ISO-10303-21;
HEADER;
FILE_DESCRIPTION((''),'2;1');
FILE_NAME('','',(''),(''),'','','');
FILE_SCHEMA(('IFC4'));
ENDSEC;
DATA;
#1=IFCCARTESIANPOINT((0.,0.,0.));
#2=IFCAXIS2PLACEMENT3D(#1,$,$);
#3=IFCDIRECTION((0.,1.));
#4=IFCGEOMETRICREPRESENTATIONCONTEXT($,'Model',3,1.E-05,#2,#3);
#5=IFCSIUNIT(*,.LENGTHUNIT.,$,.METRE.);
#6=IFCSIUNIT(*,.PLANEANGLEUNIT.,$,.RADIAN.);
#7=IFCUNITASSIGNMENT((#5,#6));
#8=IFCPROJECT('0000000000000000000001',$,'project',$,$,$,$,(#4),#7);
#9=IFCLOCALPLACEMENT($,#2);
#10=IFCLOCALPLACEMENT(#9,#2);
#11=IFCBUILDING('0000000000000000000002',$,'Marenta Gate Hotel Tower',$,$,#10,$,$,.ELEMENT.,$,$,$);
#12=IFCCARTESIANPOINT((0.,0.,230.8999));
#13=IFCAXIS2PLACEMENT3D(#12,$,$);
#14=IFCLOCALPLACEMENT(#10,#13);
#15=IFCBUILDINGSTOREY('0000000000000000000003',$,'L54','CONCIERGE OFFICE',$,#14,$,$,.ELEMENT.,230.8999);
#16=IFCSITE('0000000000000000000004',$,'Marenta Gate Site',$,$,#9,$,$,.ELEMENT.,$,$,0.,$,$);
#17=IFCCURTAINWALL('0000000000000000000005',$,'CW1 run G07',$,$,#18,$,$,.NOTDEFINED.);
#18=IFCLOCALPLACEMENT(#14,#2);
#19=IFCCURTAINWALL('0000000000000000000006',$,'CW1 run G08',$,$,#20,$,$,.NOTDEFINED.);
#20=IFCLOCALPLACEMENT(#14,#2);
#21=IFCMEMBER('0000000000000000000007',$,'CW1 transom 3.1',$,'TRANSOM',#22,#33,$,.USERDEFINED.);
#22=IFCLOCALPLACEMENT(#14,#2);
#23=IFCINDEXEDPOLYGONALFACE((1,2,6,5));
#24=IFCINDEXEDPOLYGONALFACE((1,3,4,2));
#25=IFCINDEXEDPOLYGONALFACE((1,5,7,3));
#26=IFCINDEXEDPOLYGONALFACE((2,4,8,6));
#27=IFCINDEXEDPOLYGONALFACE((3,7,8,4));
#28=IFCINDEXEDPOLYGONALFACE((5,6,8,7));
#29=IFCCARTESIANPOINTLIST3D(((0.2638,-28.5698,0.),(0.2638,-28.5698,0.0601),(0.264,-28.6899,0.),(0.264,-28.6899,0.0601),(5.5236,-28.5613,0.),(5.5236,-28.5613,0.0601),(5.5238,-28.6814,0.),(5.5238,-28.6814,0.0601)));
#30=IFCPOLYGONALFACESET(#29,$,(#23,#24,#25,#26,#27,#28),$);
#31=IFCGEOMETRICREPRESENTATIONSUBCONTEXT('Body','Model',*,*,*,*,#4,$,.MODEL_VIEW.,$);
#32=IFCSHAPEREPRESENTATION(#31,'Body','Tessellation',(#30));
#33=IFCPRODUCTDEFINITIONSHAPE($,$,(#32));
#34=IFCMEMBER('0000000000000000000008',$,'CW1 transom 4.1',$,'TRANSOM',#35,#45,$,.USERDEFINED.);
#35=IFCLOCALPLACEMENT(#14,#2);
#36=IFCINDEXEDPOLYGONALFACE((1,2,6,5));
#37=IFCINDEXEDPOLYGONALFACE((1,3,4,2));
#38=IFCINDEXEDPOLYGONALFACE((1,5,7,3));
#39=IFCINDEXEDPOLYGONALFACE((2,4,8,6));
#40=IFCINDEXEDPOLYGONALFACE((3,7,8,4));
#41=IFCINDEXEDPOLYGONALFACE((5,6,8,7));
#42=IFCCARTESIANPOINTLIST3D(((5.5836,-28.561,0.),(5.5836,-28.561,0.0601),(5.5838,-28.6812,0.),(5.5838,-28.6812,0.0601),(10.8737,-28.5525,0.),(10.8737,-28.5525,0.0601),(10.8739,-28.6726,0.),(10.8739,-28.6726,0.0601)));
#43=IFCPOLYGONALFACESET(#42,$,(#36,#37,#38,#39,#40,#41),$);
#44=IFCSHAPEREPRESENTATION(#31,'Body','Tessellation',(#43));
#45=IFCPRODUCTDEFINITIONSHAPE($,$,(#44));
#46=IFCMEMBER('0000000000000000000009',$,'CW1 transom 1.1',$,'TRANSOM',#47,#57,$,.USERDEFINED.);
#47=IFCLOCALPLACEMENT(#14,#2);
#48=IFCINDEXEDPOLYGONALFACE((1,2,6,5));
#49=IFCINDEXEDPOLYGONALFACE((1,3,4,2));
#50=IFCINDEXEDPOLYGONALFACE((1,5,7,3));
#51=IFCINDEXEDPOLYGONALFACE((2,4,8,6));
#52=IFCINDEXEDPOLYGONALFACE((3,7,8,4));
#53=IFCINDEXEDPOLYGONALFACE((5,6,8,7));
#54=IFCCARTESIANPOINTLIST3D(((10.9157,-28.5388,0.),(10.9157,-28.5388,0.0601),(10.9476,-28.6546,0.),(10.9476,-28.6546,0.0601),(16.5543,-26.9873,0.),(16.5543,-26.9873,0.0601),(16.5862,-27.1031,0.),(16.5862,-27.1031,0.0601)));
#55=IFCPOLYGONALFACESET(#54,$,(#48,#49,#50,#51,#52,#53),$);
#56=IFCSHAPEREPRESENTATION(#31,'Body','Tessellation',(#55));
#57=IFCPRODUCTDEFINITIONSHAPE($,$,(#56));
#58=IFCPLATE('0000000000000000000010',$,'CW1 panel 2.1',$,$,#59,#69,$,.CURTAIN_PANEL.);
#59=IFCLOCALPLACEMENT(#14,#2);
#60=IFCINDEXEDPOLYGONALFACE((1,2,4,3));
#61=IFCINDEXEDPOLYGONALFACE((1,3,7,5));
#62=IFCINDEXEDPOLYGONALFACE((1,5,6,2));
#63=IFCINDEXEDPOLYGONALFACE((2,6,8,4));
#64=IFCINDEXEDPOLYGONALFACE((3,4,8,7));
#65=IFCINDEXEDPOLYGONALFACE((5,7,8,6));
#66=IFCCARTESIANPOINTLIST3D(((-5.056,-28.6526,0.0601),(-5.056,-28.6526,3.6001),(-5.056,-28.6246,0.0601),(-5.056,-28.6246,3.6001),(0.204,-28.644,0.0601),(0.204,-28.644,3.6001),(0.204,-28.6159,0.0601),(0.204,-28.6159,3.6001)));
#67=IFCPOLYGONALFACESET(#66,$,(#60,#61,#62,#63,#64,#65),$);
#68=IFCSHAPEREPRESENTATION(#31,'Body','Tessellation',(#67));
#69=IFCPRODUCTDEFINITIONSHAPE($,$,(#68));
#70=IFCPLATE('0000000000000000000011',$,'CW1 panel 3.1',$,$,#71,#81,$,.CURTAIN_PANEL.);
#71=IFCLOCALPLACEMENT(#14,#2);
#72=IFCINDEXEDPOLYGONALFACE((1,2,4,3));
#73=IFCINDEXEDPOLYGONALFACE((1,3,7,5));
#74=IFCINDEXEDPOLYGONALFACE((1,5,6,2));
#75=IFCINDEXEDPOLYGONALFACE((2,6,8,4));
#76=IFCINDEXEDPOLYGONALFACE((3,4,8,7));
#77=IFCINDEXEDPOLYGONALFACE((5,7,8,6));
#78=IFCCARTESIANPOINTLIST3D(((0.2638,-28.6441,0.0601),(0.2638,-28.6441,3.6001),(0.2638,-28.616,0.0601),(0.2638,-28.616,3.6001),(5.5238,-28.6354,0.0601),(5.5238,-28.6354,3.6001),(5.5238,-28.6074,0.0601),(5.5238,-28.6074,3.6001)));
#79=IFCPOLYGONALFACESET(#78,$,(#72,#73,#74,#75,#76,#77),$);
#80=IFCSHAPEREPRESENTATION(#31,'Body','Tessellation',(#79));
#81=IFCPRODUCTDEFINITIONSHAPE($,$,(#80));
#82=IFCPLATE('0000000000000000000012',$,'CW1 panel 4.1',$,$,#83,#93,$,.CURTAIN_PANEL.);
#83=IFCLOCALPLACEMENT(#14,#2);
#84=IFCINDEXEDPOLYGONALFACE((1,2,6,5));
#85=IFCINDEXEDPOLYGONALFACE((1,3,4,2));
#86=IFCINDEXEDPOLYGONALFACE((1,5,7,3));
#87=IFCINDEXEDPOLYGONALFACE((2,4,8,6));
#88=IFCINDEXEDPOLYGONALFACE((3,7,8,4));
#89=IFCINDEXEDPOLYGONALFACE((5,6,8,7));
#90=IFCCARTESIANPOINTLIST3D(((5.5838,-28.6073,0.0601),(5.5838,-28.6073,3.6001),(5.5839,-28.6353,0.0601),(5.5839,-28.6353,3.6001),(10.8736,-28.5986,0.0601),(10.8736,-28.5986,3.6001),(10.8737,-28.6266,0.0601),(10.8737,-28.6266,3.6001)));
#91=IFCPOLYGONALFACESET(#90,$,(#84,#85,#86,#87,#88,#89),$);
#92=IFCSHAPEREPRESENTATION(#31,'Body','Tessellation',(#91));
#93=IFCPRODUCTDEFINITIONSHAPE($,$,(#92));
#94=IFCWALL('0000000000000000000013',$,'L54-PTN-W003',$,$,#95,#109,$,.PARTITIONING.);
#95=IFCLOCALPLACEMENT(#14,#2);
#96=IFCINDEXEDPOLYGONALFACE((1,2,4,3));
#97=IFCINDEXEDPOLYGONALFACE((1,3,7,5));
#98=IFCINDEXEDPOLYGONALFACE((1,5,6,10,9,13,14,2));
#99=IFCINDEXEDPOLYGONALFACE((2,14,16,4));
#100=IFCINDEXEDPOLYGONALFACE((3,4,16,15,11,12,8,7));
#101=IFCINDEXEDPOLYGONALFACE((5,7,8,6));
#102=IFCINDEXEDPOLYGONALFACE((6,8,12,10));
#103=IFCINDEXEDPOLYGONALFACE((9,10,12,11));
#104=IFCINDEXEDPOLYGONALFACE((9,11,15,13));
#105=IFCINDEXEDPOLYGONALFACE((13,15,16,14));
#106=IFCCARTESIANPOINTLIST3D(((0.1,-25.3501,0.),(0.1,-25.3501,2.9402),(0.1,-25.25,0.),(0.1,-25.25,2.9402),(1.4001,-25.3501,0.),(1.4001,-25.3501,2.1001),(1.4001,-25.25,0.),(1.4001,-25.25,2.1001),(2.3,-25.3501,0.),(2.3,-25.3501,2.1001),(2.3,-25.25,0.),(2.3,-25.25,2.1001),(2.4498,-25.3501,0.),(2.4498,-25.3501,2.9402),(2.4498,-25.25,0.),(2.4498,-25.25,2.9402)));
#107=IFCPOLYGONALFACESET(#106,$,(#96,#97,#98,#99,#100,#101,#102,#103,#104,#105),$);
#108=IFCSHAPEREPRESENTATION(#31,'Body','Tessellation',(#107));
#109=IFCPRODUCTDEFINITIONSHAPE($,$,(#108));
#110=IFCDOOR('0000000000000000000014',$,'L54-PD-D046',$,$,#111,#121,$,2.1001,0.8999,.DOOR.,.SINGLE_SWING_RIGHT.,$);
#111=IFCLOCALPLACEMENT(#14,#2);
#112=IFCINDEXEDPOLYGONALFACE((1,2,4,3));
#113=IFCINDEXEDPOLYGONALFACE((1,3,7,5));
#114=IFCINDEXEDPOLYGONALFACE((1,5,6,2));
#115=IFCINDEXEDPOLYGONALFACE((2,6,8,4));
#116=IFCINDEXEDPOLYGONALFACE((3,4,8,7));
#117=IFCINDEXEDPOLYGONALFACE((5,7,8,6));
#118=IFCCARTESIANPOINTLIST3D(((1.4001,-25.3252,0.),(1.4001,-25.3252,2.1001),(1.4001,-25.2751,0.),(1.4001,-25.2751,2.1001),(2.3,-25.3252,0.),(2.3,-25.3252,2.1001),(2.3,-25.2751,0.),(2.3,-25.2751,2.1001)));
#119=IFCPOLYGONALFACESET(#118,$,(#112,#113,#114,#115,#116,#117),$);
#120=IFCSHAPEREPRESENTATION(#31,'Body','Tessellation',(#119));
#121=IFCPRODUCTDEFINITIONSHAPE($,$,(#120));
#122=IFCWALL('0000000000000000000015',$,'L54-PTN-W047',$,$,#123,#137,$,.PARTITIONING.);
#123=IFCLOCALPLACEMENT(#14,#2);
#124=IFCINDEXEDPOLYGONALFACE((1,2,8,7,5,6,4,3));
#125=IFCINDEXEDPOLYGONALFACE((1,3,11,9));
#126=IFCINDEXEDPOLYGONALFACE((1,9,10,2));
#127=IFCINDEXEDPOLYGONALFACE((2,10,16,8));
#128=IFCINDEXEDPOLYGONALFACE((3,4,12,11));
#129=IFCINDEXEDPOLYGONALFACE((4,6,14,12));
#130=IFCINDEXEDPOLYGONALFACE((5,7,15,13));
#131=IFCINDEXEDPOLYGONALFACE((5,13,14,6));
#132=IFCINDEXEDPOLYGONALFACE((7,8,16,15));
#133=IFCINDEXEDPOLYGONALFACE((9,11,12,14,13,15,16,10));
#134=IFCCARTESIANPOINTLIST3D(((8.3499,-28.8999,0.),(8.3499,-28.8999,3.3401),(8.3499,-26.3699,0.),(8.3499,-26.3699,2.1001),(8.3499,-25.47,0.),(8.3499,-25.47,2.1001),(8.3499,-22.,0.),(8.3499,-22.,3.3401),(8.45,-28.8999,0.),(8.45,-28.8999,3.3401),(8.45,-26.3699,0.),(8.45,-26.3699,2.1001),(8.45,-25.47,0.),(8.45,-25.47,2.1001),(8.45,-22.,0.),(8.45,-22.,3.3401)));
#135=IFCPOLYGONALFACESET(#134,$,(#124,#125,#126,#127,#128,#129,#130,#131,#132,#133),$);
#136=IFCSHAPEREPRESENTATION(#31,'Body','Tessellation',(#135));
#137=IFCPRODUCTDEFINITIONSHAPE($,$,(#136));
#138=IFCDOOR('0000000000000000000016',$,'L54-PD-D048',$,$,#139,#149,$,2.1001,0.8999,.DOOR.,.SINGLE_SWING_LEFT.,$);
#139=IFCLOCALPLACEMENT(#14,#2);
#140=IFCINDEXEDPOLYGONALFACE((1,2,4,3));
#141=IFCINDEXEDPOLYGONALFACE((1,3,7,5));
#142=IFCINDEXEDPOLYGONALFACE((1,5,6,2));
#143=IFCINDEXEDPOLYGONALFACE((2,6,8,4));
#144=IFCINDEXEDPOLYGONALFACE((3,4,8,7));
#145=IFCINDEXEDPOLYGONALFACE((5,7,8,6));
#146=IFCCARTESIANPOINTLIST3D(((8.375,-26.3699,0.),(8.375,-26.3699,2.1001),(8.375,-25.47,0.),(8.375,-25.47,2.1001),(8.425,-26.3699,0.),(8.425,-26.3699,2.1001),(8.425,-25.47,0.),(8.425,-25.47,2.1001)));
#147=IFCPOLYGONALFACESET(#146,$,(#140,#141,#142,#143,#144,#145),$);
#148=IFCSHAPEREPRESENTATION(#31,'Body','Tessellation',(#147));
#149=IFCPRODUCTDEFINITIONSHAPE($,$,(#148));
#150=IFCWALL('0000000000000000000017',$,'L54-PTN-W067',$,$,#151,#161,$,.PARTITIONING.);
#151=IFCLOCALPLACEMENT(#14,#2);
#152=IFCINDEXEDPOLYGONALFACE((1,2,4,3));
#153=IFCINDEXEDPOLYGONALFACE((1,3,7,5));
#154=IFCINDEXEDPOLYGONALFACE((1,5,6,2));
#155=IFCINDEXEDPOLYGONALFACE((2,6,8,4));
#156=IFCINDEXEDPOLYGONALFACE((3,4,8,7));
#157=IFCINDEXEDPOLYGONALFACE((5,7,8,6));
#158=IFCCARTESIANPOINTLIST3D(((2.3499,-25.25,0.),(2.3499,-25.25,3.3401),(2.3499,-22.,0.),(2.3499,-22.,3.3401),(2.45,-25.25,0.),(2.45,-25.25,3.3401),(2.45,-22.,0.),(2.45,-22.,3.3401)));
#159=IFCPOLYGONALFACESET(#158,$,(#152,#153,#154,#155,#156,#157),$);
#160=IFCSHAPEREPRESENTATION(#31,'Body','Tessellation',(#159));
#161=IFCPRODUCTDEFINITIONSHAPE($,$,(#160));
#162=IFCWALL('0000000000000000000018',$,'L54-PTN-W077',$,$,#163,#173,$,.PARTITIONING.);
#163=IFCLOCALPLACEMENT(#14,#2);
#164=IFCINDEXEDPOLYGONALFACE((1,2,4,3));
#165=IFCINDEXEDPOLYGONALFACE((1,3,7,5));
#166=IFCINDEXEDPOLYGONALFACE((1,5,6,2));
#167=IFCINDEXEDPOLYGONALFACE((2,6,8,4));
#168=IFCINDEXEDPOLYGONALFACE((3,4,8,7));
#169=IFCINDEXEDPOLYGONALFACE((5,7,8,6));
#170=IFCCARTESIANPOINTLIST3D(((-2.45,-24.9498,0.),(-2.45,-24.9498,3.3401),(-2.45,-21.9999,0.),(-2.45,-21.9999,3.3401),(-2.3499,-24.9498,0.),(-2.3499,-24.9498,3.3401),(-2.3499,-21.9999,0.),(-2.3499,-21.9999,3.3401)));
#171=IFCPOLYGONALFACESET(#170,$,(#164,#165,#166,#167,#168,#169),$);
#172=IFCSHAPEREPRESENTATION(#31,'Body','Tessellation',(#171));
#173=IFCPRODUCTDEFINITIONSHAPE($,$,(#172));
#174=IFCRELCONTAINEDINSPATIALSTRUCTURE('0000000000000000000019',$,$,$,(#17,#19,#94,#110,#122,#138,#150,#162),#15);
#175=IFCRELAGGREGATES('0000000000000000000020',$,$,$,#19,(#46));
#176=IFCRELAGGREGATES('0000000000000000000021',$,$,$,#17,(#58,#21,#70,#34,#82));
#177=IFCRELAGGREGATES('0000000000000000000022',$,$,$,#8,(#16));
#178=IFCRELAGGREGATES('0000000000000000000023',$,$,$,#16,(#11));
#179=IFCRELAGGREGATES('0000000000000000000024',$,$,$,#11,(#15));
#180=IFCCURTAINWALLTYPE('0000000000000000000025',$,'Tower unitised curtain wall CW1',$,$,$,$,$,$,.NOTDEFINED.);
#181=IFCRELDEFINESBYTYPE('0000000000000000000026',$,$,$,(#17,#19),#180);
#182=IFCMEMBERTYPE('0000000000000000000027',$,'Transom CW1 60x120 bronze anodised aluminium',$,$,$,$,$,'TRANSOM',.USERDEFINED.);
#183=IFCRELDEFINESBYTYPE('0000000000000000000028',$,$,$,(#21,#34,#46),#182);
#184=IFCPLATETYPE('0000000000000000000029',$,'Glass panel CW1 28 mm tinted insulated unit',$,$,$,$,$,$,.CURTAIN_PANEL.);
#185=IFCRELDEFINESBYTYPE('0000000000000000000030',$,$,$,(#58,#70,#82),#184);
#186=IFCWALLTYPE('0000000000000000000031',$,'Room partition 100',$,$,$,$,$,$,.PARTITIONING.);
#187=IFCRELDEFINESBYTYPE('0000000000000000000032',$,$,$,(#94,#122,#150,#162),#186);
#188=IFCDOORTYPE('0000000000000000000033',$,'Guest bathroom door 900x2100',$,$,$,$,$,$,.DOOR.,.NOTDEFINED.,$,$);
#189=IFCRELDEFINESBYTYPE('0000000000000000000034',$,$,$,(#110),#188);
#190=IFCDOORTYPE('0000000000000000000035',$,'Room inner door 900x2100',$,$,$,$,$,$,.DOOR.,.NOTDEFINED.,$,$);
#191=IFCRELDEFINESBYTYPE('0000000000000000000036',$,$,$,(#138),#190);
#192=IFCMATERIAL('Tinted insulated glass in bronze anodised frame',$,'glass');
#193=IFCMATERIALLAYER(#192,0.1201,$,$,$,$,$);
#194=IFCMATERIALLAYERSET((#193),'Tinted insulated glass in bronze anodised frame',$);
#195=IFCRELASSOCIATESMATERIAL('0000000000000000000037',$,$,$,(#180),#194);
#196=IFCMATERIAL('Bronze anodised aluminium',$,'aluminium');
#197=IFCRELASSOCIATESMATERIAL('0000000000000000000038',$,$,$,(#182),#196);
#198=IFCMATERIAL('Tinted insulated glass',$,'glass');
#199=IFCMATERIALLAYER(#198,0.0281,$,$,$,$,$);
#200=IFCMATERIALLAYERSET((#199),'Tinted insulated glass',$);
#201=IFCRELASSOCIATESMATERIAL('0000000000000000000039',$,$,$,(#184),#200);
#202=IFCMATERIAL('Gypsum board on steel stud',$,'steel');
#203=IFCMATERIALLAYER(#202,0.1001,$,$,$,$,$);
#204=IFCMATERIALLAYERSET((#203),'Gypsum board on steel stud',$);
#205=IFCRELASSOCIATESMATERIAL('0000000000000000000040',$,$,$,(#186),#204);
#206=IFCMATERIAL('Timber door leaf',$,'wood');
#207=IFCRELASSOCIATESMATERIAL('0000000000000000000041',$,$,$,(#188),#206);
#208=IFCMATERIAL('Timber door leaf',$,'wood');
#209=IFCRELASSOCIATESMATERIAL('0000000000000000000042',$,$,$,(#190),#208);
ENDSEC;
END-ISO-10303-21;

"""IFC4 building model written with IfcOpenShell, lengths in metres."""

from ifc_helpers import new_model, si_unit, direction, frame, frame_2d, origin, origin_2d, place, context, subcontext, project, spatial, rectangle, extrude, material, layer, layer_set, material_profile, profile_set, type_object, element, fill, aggregate, save


model = new_model("IFC4")

# Units and contexts
model_context = context("Model", 3, precision=1e-05, world=origin(), true_north=direction((0.0, 1.0)))
body_context = subcontext(model_context, "Body", "Model", "MODEL_VIEW")
ifc_project = project(units=[si_unit("LENGTHUNIT", "METRE"), si_unit("PLANEANGLEUNIT", "RADIAN")], contexts=[model_context])

# Site, building, storey
site_placement = place(None, origin())
site = spatial("IfcSite", under=ifc_project, at=site_placement, Name="Marenta Gate Site", CompositionType="ELEMENT", RefElevation=0.0)
building_placement = place(site_placement, origin())
building = spatial("IfcBuilding", under=site, at=building_placement, Name="Marenta Gate Hotel Tower", CompositionType="ELEMENT")
storey_placement = place(building_placement, frame((0.0, 0.0, 230.8999)))
storey = spatial("IfcBuildingStorey", under=building, at=storey_placement, Name="L54", Description="CONCIERGE OFFICE", CompositionType="ELEMENT", Elevation=230.8999)

# Curtain wall
ifc_material_1 = material(Name="Tinted insulated glass in bronze anodised frame", Category="glass")
ifc_layer_1 = layer(ifc_material_1, 0.1201)
ifc_layer_set_1 = layer_set([ifc_layer_1], Name="Tinted insulated glass in bronze anodised frame")
curtain_wall_type = type_object("IfcCurtainWallType", Name="Tower unitised curtain wall CW1", PredefinedType="NOTDEFINED", material=ifc_layer_set_1)
curtain_wall_1_placement = place(storey_placement, origin())
curtain_wall_1 = element("IfcCurtainWall", 1, at=curtain_wall_1_placement, inside=storey, type_object=curtain_wall_type, Name="CW1 run G07", PredefinedType="NOTDEFINED")

# Curtain wall
curtain_wall_2_placement = place(storey_placement, origin())
curtain_wall_2 = element("IfcCurtainWall", 2, at=curtain_wall_2_placement, inside=storey, type_object=curtain_wall_type, Name="CW1 run G08", PredefinedType="NOTDEFINED")

# Members
ifc_material_2 = material(Name="Bronze anodised aluminium", Category="aluminium")
ifc_material_profile_1 = material_profile(ifc_material_2, rectangle(XDim=0.1201, YDim=0.0601, at=origin_2d()), Name="Transom CW1 60x120 bronze anodised aluminium")
ifc_profile_set_1 = profile_set([ifc_material_profile_1], Name="Bronze anodised aluminium")
member_type_1 = type_object("IfcMemberType", Name="Transom CW1 60x120 bronze anodised aluminium", ElementType="TRANSOM", PredefinedType="USERDEFINED", material=ifc_profile_set_1)
member_1_placement = place(storey_placement, frame((0.2639, -28.6299, 0.03), z_axis=(0.999999, 0.001625, 0.0), x_axis=(-0.001625, 0.999999, 0.0)))
member_1 = element("IfcMember", 3, at=member_1_placement, type_object=member_type_1, Name="CW1 transom 3.1", ObjectType="TRANSOM", PredefinedType="USERDEFINED", context=body_context, shape_type="SweptSolid", body=[
    extrude(rectangle(XDim=0.1201, YDim=0.0601, at=origin_2d()), origin(), (0.0, 0.0, 1.0), 5.2598),
])
member_2_placement = place(storey_placement, frame((5.5837, -28.6211, 0.03), z_axis=(0.999999, 0.001615, 0.0), x_axis=(-0.001615, 0.999999, 0.0)))
member_2 = element("IfcMember", 4, at=member_2_placement, type_object=member_type_1, Name="CW1 transom 4.1", ObjectType="TRANSOM", PredefinedType="USERDEFINED", context=body_context, shape_type="SweptSolid", body=[
    extrude(rectangle(XDim=0.1201, YDim=0.0601, at=origin_2d()), origin(), (0.0, 0.0, 1.0), 5.29),
])
member_3_placement = place(storey_placement, frame((10.9316, -28.5967, 0.03), z_axis=(0.964167, 0.265296, 0.0), x_axis=(-0.265296, 0.964167, 0.0)))
member_3 = element("IfcMember", 5, at=member_3_placement, type_object=member_type_1, Name="CW1 transom 1.1", ObjectType="TRANSOM", PredefinedType="USERDEFINED", context=body_context, shape_type="SweptSolid", body=[
    extrude(rectangle(XDim=0.1201, YDim=0.0601, at=origin_2d()), origin(), (0.0, 0.0, 1.0), 5.8481),
])
aggregate(curtain_wall_2, [member_3])

# Plates
ifc_material_3 = material(Name="Tinted insulated glass", Category="glass")
ifc_layer_2 = layer(ifc_material_3, 0.0281)
ifc_layer_set_2 = layer_set([ifc_layer_2], Name="Tinted insulated glass")
plate_type = type_object("IfcPlateType", Name="Glass panel CW1 28 mm tinted insulated unit", PredefinedType="CURTAIN_PANEL", material=ifc_layer_set_2)
plate_1_placement = place(storey_placement, frame((-2.426, -28.6343, 0.0601), z_axis=(0.0, 0.0, 1.0), x_axis=(0.999999, 0.001645, 0.0)))
plate_1 = element("IfcPlate", 6, at=plate_1_placement, type_object=plate_type, Name="CW1 panel 2.1", PredefinedType="CURTAIN_PANEL", context=body_context, shape_type="SweptSolid", body=[
    extrude(rectangle(XDim=5.26, YDim=0.0281, at=origin_2d()), origin(), (0.0, 0.0, 1.0), 3.54),
])
plate_2_placement = place(storey_placement, frame((2.8938, -28.6257, 0.0601), z_axis=(0.0, 0.0, 1.0), x_axis=(0.999999, 0.001645, 0.0)))
plate_2 = element("IfcPlate", 7, at=plate_2_placement, type_object=plate_type, Name="CW1 panel 3.1", PredefinedType="CURTAIN_PANEL", context=body_context, shape_type="SweptSolid", body=[
    extrude(rectangle(XDim=5.26, YDim=0.0281, at=origin_2d()), origin(), (0.0, 0.0, 1.0), 3.54),
])
plate_3_placement = place(storey_placement, frame((8.2288, -28.6169, 0.0601), z_axis=(0.0, 0.0, 1.0), x_axis=(0.999999, 0.001645, 0.0)))
plate_3 = element("IfcPlate", 8, at=plate_3_placement, type_object=plate_type, Name="CW1 panel 4.1", PredefinedType="CURTAIN_PANEL", context=body_context, shape_type="SweptSolid", body=[
    extrude(rectangle(XDim=5.2898, YDim=0.0281, at=origin_2d()), origin(), (0.0, 0.0, 1.0), 3.54),
])
aggregate(curtain_wall_1, [plate_1, member_1, plate_2, member_2, plate_3])

# Walls, openings, doors
ifc_material_4 = material(Name="Gypsum board on steel stud", Category="steel")
ifc_layer_3 = layer(ifc_material_4, 0.1001)
ifc_layer_set_3 = layer_set([ifc_layer_3], Name="Gypsum board on steel stud")
wall_type_1 = type_object("IfcWallType", Name="Room partition 100", PredefinedType="PARTITIONING", material=ifc_layer_set_3)
wall_1_placement = place(storey_placement, frame((0.1001, -25.3, 0.0), z_axis=(0.0, 0.0, 1.0), x_axis=(1.0, 0.0, 0.0)))
wall_1 = element("IfcWall", 9, at=wall_1_placement, inside=storey, type_object=wall_type_1, Name="L54-PTN-W003", PredefinedType="PARTITIONING", context=body_context, shape_type="SweptSolid", body=[
    extrude(rectangle(XDim=2.3499, YDim=0.1001, at=frame_2d((1.1748, 0.0))), origin(), (0.0, 0.0, 1.0), 2.9402),
])
opening_1_placement = place(wall_1_placement, frame((1.3, 0.0, 0.0)))
opening_1 = element("IfcOpeningElement", 10, at=opening_1_placement, cuts=wall_1, PredefinedType="OPENING", context=body_context, shape_type="SweptSolid", body=[
    extrude(rectangle(XDim=0.8999, YDim=2.1001, at=frame_2d((0.45, 1.05))), frame((0.0, 0.05, 0.0), z_axis=(0.0, -1.0, 0.0), x_axis=(1.0, 0.0, 0.0)), (0.0, 0.0, 1.0), 0.1001),
])
ifc_material_5 = material(Name="Timber door leaf", Category="wood")
door_type_1 = type_object("IfcDoorType", Name="Guest bathroom door 900x2100", OperationType="NOTDEFINED", PredefinedType="DOOR", material=ifc_material_5)
door_1_placement = place(opening_1_placement, origin())
door_1 = element("IfcDoor", 11, at=door_1_placement, inside=storey, type_object=door_type_1, Name="L54-PD-D046", OperationType="SINGLE_SWING_RIGHT", OverallHeight=2.1001, OverallWidth=0.8999, PredefinedType="DOOR", context=body_context, shape_type="SweptSolid", body=[
    extrude(rectangle(XDim=0.8999, YDim=2.1001, at=frame_2d((0.45, 1.05))), frame((0.0, 0.0249, 0.0), z_axis=(0.0, -1.0, 0.0), x_axis=(1.0, 0.0, 0.0)), (0.0, 0.0, 1.0), 0.05),
])
fill(opening_1, door_1)
wall_2_placement = place(storey_placement, frame((8.3999, -28.8999, 0.0), z_axis=(0.0, 0.0, 1.0), x_axis=(0.0, 1.0, 0.0)))
wall_2 = element("IfcWall", 12, at=wall_2_placement, inside=storey, type_object=wall_type_1, Name="L54-PTN-W047", PredefinedType="PARTITIONING", context=body_context, shape_type="SweptSolid", body=[
    extrude(rectangle(XDim=6.8999, YDim=0.1001, at=frame_2d((3.45, 0.0))), origin(), (0.0, 0.0, 1.0), 3.3401),
])
opening_2_placement = place(wall_2_placement, frame((2.53, 0.0, 0.0)))
opening_2 = element("IfcOpeningElement", 13, at=opening_2_placement, cuts=wall_2, PredefinedType="OPENING", context=body_context, shape_type="SweptSolid", body=[
    extrude(rectangle(XDim=0.8999, YDim=2.1001, at=frame_2d((0.45, 1.05))), frame((0.0, 0.05, 0.0), z_axis=(0.0, -1.0, 0.0), x_axis=(1.0, 0.0, 0.0)), (0.0, 0.0, 1.0), 0.1001),
])
ifc_material_6 = material(Name="Timber door leaf", Category="wood")
door_type_2 = type_object("IfcDoorType", Name="Room inner door 900x2100", OperationType="NOTDEFINED", PredefinedType="DOOR", material=ifc_material_6)
door_2_placement = place(opening_2_placement, origin())
door_2 = element("IfcDoor", 14, at=door_2_placement, inside=storey, type_object=door_type_2, Name="L54-PD-D048", OperationType="SINGLE_SWING_LEFT", OverallHeight=2.1001, OverallWidth=0.8999, PredefinedType="DOOR", context=body_context, shape_type="SweptSolid", body=[
    extrude(rectangle(XDim=0.8999, YDim=2.1001, at=frame_2d((0.45, 1.05))), frame((0.0, 0.0249, 0.0), z_axis=(0.0, -1.0, 0.0), x_axis=(1.0, 0.0, 0.0)), (0.0, 0.0, 1.0), 0.05),
])
fill(opening_2, door_2)

# Walls
wall_3_placement = place(storey_placement, frame((2.3999, -25.25, 0.0), z_axis=(0.0, 0.0, 1.0), x_axis=(0.0, 1.0, 0.0)))
element("IfcWall", 15, at=wall_3_placement, inside=storey, type_object=wall_type_1, Name="L54-PTN-W067", PredefinedType="PARTITIONING", context=body_context, shape_type="SweptSolid", body=[
    extrude(rectangle(XDim=3.25, YDim=0.1001, at=frame_2d((1.625, 0.0))), origin(), (0.0, 0.0, 1.0), 3.3401),
])
wall_4_placement = place(storey_placement, frame((-2.3999, -24.95, 0.0), z_axis=(0.0, 0.0, 1.0), x_axis=(0.0, 1.0, 0.0)))
element("IfcWall", 16, at=wall_4_placement, inside=storey, type_object=wall_type_1, Name="L54-PTN-W077", PredefinedType="PARTITIONING", context=body_context, shape_type="SweptSolid", body=[
    extrude(rectangle(XDim=2.95, YDim=0.1001, at=frame_2d((1.4751, 0.0))), origin(), (0.0, 0.0, 1.0), 3.3401),
])

save(model, "model.ifc")
